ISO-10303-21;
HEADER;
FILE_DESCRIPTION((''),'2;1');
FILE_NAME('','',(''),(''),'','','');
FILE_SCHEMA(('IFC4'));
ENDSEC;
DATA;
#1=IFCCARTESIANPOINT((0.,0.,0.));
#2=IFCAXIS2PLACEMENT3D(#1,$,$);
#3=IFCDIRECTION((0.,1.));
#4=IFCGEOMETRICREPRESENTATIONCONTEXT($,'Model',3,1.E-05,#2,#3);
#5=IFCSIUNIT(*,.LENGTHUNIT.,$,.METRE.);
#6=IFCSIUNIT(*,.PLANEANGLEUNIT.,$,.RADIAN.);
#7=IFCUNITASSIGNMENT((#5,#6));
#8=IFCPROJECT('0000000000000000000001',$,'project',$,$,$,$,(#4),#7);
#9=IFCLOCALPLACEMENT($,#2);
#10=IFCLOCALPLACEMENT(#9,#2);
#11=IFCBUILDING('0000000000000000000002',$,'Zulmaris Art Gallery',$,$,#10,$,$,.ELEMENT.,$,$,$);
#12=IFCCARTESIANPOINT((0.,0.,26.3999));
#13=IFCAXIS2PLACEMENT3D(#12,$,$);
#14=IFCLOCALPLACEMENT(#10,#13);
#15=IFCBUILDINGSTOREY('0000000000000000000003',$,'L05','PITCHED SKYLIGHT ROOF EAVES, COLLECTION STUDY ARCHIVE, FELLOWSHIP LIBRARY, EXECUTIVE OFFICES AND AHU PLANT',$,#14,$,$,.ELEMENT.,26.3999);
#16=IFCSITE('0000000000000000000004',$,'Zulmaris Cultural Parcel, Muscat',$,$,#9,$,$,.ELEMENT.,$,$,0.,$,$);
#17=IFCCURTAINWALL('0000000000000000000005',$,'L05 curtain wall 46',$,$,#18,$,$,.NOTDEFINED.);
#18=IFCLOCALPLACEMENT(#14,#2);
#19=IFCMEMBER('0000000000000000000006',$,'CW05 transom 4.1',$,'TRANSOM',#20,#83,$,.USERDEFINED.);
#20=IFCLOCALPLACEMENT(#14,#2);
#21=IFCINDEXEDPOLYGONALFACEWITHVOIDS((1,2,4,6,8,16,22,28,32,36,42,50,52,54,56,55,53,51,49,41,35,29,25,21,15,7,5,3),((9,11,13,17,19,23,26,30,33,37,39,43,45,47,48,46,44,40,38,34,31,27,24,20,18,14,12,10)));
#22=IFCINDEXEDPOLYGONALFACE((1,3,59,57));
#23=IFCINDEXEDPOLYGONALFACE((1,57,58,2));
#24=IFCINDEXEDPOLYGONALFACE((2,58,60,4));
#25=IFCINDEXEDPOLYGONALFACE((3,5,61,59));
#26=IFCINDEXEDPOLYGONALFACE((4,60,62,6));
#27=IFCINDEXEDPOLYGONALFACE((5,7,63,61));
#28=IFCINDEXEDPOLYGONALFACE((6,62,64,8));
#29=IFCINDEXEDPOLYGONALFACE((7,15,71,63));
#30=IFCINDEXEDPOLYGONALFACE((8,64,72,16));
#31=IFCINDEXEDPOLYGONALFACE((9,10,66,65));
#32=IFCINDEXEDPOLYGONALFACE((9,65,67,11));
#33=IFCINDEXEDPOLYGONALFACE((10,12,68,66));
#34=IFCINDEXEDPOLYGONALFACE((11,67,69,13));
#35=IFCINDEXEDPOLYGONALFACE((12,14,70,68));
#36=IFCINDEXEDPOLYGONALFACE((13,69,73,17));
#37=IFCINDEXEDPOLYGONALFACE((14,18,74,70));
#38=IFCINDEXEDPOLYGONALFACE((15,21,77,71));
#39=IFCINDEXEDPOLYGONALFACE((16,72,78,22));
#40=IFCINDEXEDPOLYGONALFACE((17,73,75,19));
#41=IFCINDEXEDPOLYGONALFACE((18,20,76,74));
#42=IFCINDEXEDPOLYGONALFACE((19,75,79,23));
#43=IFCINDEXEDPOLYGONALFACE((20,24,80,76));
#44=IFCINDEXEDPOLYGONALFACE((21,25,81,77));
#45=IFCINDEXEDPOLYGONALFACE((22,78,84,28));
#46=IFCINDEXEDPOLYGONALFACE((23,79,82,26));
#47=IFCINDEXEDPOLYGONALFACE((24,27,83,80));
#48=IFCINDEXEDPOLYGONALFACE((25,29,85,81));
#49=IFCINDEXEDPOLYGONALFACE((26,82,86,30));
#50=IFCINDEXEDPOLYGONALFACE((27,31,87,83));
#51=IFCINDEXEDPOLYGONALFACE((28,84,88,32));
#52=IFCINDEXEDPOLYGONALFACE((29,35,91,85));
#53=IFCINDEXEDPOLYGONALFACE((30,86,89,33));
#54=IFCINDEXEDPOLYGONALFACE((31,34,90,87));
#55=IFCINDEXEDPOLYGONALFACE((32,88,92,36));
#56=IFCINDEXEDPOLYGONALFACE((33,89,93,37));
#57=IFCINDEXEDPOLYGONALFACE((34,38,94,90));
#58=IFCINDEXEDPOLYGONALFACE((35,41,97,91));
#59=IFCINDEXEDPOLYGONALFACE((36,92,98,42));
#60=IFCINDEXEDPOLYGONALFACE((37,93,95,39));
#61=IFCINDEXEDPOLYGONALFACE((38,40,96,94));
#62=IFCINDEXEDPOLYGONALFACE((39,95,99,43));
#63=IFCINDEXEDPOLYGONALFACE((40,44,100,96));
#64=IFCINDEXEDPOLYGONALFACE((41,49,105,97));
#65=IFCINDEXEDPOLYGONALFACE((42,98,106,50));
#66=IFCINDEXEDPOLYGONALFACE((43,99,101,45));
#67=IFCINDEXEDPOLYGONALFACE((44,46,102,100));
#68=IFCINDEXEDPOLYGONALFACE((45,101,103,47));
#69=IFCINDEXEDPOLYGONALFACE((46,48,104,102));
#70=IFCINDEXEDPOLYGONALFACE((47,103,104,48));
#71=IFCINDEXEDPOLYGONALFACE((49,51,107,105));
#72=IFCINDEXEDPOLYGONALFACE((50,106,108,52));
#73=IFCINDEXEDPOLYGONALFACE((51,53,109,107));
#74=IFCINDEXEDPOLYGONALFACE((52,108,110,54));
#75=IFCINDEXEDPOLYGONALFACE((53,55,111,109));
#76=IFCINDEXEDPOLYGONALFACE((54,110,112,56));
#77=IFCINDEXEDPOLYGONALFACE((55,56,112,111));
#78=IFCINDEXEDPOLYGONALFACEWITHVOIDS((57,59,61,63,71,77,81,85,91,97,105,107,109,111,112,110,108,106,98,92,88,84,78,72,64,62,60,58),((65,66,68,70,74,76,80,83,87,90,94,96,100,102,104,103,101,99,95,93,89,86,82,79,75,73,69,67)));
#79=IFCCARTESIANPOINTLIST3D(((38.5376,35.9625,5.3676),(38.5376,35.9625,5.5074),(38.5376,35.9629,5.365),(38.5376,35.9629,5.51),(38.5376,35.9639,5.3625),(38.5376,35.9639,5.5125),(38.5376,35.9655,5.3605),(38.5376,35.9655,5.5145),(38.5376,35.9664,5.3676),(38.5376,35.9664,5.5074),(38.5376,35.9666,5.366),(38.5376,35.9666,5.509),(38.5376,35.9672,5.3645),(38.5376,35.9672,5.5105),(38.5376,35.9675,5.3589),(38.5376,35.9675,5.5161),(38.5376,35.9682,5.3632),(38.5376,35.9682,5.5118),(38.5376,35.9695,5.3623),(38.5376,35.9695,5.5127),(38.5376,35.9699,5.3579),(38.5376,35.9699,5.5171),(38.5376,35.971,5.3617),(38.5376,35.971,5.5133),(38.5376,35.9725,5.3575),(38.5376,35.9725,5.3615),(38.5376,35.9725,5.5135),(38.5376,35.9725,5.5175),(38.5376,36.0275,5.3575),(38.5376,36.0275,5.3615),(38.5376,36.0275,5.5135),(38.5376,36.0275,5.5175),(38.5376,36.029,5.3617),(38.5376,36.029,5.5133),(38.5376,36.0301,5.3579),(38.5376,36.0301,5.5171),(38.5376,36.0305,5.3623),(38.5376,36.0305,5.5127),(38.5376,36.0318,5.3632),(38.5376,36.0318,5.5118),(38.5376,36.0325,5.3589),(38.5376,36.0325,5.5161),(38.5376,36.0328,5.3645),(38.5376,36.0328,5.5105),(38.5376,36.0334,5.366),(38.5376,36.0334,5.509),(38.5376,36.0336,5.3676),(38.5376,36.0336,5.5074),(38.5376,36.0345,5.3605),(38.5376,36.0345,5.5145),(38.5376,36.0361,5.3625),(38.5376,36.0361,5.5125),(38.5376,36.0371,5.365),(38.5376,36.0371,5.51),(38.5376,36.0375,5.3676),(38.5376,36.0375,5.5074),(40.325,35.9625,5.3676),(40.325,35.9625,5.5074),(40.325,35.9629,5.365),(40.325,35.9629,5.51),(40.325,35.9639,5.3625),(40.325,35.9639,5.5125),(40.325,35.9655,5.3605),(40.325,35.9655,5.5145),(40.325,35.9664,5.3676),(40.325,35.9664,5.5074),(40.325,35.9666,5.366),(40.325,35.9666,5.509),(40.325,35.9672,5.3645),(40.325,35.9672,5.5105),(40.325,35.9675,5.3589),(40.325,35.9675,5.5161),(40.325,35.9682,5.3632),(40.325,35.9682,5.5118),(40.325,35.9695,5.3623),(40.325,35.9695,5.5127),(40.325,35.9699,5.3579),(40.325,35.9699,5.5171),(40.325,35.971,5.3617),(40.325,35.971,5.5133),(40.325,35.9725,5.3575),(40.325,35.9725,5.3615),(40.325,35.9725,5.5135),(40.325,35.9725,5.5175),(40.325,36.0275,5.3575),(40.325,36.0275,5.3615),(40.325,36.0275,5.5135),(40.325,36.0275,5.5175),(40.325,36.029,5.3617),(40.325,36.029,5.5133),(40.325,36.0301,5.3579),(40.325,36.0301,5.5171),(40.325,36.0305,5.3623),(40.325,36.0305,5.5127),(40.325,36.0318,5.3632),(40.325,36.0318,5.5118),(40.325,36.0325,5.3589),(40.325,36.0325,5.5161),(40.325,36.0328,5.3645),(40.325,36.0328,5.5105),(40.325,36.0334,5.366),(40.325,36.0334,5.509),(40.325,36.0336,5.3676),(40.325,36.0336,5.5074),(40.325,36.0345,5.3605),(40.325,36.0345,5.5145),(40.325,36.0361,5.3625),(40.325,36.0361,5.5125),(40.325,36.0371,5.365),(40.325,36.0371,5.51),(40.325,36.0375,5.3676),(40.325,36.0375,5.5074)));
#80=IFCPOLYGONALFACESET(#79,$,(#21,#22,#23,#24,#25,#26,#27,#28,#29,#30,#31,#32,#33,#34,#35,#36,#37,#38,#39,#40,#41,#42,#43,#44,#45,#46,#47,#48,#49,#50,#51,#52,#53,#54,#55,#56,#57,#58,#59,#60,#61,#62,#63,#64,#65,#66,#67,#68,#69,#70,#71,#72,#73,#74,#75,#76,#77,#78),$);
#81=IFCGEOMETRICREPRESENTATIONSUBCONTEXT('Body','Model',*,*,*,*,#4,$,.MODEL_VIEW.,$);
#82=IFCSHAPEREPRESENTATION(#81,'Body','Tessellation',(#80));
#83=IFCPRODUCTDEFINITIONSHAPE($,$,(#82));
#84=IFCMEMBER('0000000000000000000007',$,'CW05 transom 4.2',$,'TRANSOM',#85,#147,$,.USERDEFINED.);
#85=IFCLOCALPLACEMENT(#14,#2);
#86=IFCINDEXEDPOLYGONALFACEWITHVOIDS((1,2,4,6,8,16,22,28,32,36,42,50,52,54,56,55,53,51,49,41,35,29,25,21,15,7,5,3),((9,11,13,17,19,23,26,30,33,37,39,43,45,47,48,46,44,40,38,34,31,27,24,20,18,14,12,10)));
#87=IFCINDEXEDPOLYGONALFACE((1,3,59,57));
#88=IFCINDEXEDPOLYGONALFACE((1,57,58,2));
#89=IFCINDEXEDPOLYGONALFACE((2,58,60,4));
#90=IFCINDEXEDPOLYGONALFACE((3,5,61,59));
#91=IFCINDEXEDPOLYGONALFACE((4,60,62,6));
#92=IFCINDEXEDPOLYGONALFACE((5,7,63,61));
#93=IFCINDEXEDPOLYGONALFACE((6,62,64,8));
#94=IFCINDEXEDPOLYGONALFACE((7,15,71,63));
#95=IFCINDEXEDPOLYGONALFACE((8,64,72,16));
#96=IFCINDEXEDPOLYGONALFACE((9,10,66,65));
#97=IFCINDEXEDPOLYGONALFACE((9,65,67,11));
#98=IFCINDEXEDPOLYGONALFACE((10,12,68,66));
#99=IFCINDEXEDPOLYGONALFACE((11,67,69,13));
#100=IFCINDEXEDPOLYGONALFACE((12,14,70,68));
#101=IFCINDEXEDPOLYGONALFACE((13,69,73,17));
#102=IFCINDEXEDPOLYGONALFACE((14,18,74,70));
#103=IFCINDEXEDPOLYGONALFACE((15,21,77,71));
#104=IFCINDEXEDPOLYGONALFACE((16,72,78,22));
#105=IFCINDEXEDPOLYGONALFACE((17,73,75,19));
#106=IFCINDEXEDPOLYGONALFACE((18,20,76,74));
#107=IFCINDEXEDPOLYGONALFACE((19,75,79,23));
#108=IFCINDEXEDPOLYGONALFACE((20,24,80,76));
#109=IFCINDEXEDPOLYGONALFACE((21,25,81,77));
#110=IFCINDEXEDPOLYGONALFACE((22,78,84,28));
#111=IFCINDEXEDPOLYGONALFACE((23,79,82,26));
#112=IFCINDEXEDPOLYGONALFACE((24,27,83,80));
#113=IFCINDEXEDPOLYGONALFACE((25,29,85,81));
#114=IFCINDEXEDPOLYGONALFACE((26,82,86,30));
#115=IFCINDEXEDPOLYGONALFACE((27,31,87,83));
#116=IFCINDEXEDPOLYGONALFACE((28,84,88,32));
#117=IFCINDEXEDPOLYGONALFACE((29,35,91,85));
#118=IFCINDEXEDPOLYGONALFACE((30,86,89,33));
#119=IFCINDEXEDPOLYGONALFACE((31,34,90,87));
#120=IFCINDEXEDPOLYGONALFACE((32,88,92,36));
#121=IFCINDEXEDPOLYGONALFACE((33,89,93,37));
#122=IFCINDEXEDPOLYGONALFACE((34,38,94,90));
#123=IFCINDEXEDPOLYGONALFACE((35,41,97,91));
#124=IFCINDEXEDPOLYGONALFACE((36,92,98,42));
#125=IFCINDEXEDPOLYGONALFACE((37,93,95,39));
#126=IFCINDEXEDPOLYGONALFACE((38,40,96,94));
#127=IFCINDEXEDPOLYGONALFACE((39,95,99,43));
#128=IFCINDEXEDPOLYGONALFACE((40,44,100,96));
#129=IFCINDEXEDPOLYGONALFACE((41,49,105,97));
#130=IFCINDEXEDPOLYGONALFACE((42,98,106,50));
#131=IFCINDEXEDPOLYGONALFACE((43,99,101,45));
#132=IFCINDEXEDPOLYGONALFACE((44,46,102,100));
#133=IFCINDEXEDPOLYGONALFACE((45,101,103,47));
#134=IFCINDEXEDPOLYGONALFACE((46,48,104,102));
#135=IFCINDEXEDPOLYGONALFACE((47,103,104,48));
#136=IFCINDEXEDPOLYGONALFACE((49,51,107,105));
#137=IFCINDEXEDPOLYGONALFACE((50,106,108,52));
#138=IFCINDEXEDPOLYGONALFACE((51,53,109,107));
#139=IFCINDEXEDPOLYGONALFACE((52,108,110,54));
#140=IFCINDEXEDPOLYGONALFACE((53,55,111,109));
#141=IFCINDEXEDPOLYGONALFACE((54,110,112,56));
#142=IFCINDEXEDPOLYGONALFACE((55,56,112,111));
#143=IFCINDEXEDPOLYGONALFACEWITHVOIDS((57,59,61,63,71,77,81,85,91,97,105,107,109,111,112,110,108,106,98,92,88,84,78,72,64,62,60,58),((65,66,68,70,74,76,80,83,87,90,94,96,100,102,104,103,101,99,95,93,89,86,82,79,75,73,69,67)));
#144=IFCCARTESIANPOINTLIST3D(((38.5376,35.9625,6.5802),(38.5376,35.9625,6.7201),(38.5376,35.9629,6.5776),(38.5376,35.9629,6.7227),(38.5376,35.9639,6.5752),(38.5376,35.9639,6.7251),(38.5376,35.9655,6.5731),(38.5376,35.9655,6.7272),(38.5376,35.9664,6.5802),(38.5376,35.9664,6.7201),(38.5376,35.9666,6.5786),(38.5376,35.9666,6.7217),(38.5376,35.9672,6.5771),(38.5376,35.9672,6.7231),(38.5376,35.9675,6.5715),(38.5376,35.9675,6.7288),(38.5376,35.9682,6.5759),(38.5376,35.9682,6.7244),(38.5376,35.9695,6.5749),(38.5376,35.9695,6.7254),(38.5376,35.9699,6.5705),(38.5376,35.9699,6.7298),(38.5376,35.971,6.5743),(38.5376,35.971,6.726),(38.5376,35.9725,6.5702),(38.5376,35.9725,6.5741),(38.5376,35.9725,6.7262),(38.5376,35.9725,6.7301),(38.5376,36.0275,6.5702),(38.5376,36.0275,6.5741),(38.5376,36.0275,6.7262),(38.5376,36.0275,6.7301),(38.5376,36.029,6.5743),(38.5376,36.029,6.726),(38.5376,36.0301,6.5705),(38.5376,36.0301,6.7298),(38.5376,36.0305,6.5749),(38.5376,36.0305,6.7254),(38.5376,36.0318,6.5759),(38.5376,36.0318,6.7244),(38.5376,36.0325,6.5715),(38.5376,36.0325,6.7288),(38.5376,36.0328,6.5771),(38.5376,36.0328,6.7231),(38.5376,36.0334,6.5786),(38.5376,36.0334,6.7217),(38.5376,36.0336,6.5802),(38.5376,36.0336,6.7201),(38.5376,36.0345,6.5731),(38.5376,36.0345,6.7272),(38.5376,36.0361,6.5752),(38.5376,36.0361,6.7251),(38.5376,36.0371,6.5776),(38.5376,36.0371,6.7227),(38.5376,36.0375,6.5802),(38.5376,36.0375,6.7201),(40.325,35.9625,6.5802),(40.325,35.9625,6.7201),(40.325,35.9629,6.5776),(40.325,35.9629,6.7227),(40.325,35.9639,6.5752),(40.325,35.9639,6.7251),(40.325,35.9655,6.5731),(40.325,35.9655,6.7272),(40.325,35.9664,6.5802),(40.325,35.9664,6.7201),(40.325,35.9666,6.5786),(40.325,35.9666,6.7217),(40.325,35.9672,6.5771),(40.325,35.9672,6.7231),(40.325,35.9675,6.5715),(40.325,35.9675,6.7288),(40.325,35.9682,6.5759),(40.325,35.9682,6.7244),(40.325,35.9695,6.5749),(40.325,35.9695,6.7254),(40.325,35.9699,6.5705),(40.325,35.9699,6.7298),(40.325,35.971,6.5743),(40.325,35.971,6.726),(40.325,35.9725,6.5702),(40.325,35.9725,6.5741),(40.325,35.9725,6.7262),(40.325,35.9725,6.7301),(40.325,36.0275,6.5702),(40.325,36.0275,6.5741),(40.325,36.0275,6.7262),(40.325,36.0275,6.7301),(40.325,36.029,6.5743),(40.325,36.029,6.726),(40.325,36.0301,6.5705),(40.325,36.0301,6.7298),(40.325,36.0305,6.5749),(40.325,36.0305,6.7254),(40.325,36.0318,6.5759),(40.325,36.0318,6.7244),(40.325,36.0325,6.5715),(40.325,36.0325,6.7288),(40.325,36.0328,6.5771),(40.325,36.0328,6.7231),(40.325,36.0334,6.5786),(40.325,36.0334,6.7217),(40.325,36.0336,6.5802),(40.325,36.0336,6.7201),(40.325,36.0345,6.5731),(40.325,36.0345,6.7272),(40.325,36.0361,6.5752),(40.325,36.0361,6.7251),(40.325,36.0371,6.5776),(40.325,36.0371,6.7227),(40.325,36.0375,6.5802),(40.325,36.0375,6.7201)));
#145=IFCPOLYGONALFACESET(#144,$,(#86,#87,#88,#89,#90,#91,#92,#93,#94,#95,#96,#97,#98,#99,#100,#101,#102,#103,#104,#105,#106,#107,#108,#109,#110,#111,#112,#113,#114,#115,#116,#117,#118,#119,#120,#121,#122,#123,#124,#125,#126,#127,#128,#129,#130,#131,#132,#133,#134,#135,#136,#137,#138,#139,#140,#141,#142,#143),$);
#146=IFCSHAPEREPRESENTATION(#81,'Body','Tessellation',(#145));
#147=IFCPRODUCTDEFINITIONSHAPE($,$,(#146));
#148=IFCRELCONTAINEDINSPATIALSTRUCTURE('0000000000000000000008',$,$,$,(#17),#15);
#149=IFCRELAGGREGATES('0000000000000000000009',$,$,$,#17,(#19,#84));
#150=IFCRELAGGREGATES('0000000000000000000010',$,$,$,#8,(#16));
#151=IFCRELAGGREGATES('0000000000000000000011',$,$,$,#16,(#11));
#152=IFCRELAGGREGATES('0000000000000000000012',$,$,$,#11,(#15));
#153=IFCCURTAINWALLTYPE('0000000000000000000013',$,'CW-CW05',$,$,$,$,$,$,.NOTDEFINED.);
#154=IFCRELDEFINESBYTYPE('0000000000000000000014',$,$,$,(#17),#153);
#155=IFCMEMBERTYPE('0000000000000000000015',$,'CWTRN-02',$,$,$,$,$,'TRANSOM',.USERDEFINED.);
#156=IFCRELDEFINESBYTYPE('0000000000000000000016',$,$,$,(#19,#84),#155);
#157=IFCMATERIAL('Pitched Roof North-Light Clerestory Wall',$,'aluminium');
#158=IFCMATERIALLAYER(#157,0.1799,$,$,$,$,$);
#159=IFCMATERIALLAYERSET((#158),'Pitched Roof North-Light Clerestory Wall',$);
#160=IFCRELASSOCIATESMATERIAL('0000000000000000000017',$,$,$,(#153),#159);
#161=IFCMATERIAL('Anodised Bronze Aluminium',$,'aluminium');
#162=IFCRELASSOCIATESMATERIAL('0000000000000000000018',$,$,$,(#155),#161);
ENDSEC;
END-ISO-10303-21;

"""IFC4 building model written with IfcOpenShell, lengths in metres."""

from ifc_helpers import new_model, si_unit, direction, frame, origin, origin_2d, place, context, subcontext, project, spatial, hollow_rectangle, extrude, material, layer, layer_set, material_profile, profile_set, type_object, element, aggregate, save


model = new_model("IFC4")

# Units and contexts
model_context = context("Model", 3, precision=1e-05, world=origin(), true_north=direction((0.0, 1.0)))
body_context = subcontext(model_context, "Body", "Model", "MODEL_VIEW")
ifc_project = project(units=[si_unit("LENGTHUNIT", "METRE"), si_unit("PLANEANGLEUNIT", "RADIAN")], contexts=[model_context])

# Site, building, storey
site_placement = place(None, origin())
site = spatial("IfcSite", under=ifc_project, at=site_placement, Name="Zulmaris Cultural Parcel, Muscat", CompositionType="ELEMENT", RefElevation=0.0)
building_placement = place(site_placement, origin())
building = spatial("IfcBuilding", under=site, at=building_placement, Name="Zulmaris Art Gallery", CompositionType="ELEMENT")
storey_placement = place(building_placement, frame((0.0, 0.0, 26.3999)))
storey = spatial("IfcBuildingStorey", under=building, at=storey_placement, Name="L05", Description="PITCHED SKYLIGHT ROOF EAVES, COLLECTION STUDY ARCHIVE, FELLOWSHIP LIBRARY, EXECUTIVE OFFICES AND AHU PLANT", CompositionType="ELEMENT", Elevation=26.3999)

# Curtain wall, members
ifc_material_1 = material(Name="Pitched Roof North-Light Clerestory Wall", Category="aluminium")
ifc_layer_1 = layer(ifc_material_1, 0.1799)
ifc_layer_set_1 = layer_set([ifc_layer_1], Name="Pitched Roof North-Light Clerestory Wall")
curtain_wall_type = type_object("IfcCurtainWallType", Name="CW-CW05", PredefinedType="NOTDEFINED", material=ifc_layer_set_1)
curtain_wall_placement = place(storey_placement, origin())
curtain_wall = element("IfcCurtainWall", 1, at=curtain_wall_placement, inside=storey, type_object=curtain_wall_type, Name="L05 curtain wall 46", PredefinedType="NOTDEFINED")
ifc_material_2 = material(Name="Anodised Bronze Aluminium", Category="aluminium")
ifc_material_profile_1 = material_profile(ifc_material_2, hollow_rectangle(XDim=0.075, YDim=0.1599, WallThickness=0.0039, InnerFilletRadius=0.0061, OuterFilletRadius=0.01, at=origin_2d()), Name="ALU 75x160x4")
ifc_profile_set_1 = profile_set([ifc_material_profile_1], Name="Anodised Bronze Aluminium")
member_type_1 = type_object("IfcMemberType", Name="CWTRN-02", ElementType="TRANSOM", PredefinedType="USERDEFINED", material=ifc_profile_set_1)
member_1_placement = place(storey_placement, frame((38.5376, 36.0, 5.4375), z_axis=(1.0, 0.0, 0.0), x_axis=(0.0, 1.0, 0.0)))
member_1 = element("IfcMember", 2, at=member_1_placement, type_object=member_type_1, Name="CW05 transom 4.1", ObjectType="TRANSOM", PredefinedType="USERDEFINED", context=body_context, shape_type="SweptSolid", body=[
    extrude(hollow_rectangle(XDim=0.075, YDim=0.1599, WallThickness=0.0039, InnerFilletRadius=0.0061, OuterFilletRadius=0.01, at=origin_2d()), origin(), (0.0, 0.0, 1.0), 1.7874),
])
member_2_placement = place(storey_placement, frame((38.5376, 36.0, 6.6501), z_axis=(1.0, 0.0, 0.0), x_axis=(0.0, 1.0, 0.0)))
member_2 = element("IfcMember", 3, at=member_2_placement, type_object=member_type_1, Name="CW05 transom 4.2", ObjectType="TRANSOM", PredefinedType="USERDEFINED", context=body_context, shape_type="SweptSolid", body=[
    extrude(hollow_rectangle(XDim=0.075, YDim=0.1599, WallThickness=0.0039, InnerFilletRadius=0.0061, OuterFilletRadius=0.01, at=origin_2d()), origin(), (0.0, 0.0, 1.0), 1.7874),
])

aggregate(curtain_wall, [member_1, member_2])

save(model, "model.ifc")
